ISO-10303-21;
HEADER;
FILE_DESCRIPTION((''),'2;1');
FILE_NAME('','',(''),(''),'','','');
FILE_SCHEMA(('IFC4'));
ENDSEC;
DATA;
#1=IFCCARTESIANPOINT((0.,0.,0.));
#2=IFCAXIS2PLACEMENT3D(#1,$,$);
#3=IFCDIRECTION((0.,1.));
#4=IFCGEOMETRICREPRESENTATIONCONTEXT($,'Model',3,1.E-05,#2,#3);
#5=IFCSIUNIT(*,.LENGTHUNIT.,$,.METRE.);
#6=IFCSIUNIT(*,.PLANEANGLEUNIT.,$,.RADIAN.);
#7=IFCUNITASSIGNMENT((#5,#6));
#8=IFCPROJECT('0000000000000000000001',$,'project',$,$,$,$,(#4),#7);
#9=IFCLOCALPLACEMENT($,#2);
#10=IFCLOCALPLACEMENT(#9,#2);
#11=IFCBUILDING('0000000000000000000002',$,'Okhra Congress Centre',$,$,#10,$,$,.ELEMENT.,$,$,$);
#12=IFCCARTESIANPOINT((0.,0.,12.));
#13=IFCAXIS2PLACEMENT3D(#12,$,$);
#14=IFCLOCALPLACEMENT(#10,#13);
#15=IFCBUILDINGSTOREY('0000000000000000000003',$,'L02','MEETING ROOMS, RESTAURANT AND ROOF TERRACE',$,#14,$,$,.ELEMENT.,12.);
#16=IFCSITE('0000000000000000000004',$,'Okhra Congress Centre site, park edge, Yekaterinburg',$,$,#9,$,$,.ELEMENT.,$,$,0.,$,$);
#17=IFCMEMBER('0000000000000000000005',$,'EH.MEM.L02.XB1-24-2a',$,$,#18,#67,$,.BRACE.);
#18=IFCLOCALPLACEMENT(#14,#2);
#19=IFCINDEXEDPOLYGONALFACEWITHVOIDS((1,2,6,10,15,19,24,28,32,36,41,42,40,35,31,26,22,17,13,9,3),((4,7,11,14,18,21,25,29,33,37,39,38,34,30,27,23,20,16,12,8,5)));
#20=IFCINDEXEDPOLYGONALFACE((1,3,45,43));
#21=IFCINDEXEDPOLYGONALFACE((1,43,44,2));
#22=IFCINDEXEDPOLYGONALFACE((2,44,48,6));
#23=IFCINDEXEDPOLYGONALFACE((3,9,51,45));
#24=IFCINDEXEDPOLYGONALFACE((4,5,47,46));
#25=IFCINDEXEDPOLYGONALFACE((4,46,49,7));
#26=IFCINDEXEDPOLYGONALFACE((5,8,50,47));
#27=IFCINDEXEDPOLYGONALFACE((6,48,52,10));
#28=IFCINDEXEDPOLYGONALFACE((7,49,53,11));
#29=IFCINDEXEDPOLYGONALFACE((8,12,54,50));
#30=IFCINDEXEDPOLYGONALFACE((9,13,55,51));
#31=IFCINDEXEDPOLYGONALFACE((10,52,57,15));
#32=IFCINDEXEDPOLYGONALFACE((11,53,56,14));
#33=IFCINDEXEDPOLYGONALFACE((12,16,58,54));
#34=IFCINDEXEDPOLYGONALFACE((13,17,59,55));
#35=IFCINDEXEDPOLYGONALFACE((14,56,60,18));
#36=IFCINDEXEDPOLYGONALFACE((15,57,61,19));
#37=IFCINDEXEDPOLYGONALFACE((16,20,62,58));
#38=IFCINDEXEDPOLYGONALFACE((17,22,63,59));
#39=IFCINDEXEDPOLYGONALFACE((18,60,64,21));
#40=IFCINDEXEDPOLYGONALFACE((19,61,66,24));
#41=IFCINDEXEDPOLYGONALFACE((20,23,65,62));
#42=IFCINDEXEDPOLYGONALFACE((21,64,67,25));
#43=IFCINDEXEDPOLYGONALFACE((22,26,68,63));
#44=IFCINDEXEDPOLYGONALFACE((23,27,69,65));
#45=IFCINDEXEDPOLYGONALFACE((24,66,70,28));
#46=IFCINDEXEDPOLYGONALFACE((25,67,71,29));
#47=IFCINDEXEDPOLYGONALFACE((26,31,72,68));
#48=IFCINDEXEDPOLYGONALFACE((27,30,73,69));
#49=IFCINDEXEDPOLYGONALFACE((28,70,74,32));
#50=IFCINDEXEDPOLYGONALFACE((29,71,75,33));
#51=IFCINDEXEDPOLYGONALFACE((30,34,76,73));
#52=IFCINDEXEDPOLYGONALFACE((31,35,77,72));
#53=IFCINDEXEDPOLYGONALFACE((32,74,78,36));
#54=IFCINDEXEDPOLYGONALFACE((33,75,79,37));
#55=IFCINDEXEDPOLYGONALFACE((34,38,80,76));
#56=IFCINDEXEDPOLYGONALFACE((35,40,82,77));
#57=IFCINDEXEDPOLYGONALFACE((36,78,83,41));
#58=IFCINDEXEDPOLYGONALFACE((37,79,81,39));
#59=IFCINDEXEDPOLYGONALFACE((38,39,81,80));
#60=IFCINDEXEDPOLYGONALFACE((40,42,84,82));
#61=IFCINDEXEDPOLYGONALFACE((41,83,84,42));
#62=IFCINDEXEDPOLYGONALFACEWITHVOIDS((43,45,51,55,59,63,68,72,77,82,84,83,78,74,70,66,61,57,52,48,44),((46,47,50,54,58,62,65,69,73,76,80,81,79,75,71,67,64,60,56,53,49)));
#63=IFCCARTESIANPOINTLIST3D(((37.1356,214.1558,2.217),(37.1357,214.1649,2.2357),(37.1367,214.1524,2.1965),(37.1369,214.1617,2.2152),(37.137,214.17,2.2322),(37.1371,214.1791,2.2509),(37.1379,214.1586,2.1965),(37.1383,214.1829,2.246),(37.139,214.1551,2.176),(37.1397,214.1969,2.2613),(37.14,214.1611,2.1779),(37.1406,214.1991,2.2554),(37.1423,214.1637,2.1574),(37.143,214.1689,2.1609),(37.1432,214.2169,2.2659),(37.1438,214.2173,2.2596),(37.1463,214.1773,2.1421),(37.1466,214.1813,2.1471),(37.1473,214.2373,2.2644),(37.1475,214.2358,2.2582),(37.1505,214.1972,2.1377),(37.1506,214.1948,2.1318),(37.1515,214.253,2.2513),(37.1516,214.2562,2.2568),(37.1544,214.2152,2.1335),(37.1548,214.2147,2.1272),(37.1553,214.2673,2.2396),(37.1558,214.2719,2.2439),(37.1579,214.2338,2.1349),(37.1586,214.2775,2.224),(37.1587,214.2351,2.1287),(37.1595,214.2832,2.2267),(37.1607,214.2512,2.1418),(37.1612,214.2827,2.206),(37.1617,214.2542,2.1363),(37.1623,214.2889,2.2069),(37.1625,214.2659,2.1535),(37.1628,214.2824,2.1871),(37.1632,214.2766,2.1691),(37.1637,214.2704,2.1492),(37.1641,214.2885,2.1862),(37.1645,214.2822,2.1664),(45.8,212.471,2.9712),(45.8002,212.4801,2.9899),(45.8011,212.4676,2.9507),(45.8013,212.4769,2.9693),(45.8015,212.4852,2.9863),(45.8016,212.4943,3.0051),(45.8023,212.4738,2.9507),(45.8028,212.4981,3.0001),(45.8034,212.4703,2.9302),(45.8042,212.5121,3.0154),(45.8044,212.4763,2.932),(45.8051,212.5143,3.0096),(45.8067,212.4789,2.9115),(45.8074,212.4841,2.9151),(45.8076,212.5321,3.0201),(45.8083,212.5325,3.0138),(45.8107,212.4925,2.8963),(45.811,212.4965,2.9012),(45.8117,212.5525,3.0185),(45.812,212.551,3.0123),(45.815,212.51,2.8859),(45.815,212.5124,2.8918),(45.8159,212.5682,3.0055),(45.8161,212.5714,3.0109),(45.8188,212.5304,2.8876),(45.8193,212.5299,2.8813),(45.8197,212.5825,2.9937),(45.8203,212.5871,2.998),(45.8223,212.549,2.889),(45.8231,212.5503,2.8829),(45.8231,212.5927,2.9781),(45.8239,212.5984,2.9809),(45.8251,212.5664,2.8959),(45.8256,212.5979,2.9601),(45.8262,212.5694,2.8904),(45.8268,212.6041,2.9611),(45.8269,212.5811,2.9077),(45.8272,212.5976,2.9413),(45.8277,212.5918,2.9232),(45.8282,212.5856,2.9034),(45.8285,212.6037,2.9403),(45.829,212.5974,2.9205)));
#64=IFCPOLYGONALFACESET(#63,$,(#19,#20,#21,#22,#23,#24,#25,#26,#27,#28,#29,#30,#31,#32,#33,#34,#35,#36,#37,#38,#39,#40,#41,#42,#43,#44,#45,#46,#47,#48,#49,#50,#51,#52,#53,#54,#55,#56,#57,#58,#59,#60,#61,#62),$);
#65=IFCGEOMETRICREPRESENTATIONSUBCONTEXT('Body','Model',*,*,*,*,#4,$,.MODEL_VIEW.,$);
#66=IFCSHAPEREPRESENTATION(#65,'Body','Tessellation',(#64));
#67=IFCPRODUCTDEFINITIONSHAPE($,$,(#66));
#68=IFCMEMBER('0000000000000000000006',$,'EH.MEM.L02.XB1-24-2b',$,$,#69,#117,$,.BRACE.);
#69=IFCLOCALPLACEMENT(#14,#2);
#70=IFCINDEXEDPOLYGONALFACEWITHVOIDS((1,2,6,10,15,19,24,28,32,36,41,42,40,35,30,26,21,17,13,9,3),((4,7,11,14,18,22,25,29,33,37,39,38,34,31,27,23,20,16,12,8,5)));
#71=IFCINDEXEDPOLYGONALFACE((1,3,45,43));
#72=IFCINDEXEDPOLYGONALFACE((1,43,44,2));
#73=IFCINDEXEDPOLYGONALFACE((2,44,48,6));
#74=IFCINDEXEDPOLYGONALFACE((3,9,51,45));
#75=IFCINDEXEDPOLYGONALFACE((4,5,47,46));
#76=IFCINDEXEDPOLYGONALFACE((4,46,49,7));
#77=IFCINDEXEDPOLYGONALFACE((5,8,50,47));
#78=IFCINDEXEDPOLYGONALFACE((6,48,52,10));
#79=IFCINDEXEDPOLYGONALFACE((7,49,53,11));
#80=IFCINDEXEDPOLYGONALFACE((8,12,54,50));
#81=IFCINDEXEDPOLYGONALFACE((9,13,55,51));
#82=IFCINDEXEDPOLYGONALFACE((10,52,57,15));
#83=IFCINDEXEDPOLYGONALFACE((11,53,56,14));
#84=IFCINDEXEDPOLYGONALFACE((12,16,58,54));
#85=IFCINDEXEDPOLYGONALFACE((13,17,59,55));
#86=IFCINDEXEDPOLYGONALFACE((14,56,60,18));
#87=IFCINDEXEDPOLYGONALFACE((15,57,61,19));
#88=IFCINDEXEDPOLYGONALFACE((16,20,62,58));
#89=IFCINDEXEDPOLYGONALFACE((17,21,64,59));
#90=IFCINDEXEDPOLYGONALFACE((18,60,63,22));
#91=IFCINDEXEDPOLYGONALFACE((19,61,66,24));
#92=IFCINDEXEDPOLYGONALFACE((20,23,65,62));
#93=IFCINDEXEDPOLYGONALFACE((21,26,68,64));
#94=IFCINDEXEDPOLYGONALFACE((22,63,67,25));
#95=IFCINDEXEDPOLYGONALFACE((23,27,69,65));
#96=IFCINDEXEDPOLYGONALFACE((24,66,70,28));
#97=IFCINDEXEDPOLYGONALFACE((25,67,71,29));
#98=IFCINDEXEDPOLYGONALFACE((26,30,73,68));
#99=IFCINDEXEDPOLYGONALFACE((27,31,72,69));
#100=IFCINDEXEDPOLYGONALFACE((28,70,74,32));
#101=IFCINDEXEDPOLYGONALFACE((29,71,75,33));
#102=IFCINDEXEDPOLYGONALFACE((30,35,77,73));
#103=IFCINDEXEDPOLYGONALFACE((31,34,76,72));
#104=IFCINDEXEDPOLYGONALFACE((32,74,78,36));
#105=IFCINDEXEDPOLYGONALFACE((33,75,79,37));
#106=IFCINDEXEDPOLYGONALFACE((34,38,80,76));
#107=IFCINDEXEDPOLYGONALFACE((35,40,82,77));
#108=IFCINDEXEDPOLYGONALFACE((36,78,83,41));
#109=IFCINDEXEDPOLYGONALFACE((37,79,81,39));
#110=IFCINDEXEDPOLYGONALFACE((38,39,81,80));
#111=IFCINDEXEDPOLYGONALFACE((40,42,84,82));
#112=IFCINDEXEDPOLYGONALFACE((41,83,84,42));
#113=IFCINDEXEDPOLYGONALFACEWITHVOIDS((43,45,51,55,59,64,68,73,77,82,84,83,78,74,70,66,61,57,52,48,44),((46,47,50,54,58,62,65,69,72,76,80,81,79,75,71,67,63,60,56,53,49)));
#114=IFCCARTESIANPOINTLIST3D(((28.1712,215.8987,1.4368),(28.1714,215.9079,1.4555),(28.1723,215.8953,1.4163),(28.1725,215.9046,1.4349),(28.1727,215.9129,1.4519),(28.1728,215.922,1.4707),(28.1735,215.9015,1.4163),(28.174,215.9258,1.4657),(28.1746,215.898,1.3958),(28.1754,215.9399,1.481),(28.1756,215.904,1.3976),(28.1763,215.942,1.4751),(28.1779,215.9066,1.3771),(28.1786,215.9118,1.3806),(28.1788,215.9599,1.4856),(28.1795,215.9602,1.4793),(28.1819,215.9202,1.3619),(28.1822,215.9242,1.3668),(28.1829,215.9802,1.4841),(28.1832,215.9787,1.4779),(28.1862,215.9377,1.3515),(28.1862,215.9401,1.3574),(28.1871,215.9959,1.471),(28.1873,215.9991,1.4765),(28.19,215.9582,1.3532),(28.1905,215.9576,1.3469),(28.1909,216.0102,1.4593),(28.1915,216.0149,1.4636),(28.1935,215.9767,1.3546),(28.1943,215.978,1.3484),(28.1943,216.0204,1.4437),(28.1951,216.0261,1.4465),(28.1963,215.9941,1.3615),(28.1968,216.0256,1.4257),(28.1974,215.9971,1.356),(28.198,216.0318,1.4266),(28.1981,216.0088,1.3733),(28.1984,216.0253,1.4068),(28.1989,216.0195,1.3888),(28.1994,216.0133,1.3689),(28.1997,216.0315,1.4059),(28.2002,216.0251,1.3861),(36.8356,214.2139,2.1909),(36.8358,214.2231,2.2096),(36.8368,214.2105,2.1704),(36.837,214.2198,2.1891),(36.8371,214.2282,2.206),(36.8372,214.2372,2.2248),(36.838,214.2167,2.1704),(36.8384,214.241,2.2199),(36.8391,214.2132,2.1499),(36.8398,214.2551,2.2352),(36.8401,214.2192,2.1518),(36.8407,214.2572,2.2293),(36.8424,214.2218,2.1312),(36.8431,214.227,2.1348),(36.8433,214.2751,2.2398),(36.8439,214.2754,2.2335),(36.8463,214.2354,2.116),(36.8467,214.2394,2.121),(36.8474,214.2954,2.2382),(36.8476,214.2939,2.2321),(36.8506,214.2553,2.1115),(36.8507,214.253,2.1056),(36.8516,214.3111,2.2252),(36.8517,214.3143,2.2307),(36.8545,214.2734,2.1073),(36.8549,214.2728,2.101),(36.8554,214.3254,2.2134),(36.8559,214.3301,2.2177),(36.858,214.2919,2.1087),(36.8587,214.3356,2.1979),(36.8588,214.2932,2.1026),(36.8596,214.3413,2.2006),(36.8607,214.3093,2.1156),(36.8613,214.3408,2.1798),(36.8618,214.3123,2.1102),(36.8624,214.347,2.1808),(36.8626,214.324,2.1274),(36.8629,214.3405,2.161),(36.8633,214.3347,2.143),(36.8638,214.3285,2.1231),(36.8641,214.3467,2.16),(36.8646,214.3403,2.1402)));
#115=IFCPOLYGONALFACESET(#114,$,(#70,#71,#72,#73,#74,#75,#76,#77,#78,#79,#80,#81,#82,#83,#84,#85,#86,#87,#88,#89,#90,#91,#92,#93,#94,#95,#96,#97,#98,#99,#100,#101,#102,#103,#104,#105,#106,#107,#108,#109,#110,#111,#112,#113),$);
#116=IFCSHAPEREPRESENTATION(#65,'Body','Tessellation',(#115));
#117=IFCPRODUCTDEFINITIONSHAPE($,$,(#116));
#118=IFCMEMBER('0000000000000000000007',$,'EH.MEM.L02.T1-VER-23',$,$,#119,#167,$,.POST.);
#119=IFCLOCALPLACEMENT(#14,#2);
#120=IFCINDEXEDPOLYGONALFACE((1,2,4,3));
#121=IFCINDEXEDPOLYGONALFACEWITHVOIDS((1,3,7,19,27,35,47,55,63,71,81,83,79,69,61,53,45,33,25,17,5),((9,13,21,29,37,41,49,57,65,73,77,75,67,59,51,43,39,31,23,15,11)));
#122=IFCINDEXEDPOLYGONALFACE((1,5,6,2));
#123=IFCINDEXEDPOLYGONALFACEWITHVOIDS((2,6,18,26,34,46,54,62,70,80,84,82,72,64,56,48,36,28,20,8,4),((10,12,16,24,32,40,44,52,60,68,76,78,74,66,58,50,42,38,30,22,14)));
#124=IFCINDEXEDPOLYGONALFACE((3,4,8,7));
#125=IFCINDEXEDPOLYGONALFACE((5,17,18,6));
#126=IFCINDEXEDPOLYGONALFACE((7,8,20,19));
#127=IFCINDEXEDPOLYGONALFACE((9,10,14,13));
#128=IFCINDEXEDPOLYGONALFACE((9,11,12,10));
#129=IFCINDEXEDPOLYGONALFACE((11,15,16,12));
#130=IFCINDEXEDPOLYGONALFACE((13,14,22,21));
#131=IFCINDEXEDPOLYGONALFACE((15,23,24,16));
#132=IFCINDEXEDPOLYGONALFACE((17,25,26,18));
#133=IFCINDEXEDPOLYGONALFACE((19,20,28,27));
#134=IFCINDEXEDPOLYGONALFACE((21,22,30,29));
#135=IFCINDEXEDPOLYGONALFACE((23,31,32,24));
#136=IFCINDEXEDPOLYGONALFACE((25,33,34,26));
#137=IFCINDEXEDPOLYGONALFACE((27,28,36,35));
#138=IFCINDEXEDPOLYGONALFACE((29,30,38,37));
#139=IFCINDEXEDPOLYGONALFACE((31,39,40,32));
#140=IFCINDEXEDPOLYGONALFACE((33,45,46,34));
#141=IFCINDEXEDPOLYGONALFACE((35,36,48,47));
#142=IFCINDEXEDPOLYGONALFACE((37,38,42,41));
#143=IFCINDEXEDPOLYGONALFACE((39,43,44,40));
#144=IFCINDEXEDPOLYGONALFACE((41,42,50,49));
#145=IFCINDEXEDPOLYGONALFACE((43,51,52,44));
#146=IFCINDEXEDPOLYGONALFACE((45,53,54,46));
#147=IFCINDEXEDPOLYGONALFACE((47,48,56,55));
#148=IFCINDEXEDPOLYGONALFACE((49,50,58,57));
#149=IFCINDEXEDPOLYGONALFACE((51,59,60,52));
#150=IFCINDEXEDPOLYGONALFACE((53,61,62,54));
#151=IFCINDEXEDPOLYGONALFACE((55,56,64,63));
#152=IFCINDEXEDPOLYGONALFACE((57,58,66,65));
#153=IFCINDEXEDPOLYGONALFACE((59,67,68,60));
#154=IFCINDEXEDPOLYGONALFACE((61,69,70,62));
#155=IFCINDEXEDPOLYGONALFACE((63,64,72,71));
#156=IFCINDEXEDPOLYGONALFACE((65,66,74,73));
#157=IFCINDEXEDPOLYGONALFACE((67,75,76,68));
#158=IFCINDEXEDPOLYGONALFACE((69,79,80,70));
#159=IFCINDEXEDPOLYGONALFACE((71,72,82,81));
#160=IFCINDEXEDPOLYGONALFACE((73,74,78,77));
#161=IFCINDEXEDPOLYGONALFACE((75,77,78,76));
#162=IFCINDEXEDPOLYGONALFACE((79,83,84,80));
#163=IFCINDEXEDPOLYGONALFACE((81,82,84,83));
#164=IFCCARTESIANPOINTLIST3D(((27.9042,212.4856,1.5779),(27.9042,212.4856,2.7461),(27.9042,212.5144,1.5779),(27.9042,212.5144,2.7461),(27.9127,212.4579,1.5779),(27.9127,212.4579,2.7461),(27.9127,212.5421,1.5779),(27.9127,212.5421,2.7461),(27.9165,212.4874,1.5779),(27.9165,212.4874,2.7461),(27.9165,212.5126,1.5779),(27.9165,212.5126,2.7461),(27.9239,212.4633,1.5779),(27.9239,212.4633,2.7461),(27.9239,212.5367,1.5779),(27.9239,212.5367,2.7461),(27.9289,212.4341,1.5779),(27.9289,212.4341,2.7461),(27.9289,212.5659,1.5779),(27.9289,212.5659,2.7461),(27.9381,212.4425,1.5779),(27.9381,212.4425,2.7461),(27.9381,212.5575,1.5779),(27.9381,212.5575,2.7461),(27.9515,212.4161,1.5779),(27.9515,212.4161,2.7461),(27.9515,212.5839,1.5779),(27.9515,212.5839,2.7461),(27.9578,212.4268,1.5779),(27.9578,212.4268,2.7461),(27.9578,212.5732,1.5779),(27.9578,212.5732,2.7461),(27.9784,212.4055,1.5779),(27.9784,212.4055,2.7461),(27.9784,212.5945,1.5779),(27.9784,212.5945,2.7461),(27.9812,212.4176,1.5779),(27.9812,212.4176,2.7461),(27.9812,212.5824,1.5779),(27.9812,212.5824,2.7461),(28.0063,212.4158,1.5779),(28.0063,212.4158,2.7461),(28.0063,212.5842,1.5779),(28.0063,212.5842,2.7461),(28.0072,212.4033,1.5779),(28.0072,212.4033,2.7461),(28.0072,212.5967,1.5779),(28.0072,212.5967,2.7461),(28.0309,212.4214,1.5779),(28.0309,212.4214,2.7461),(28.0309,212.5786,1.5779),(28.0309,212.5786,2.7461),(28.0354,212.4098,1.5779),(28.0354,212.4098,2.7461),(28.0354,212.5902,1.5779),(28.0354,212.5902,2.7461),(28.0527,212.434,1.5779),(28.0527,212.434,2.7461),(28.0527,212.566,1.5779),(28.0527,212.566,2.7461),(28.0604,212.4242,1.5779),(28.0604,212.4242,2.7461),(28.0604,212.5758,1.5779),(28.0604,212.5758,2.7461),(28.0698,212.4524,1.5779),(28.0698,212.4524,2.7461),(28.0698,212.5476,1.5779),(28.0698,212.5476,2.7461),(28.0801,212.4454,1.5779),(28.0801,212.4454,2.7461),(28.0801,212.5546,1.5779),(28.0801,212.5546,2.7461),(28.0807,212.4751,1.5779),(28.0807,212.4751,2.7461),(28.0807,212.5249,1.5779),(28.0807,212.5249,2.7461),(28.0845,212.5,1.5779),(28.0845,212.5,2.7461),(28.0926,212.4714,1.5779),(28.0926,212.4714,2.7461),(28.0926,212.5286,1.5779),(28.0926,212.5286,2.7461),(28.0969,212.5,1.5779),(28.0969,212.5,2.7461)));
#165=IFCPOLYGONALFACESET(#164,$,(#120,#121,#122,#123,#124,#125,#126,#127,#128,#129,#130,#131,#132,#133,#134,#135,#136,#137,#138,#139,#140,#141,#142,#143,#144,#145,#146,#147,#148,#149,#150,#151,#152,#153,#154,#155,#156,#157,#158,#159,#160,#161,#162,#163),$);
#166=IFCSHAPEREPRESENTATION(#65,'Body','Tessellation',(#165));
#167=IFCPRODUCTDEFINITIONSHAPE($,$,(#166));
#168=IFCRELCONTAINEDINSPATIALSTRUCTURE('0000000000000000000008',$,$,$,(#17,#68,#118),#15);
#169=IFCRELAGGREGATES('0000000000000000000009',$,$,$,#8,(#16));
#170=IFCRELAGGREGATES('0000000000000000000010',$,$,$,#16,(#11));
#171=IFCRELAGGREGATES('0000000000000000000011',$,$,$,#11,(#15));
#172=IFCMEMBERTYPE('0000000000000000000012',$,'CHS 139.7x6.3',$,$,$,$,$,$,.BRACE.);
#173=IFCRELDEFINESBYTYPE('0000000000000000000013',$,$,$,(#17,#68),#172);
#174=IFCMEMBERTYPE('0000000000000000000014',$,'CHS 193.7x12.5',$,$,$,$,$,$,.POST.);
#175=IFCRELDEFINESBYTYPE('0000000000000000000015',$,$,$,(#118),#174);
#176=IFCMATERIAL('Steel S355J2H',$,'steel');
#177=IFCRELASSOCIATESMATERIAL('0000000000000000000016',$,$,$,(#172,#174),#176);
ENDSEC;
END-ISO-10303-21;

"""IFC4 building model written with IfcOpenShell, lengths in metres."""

from ifc_helpers import new_model, si_unit, direction, frame, origin, origin_2d, place, context, subcontext, project, spatial, hollow_circle, extrude, material, material_profile, profile_set, type_object, element, save


model = new_model("IFC4")

# Units and contexts
model_context = context("Model", 3, precision=1e-05, world=origin(), true_north=direction((0.0, 1.0)))
body_context = subcontext(model_context, "Body", "Model", "MODEL_VIEW")
ifc_project = project(units=[si_unit("LENGTHUNIT", "METRE"), si_unit("PLANEANGLEUNIT", "RADIAN")], contexts=[model_context])

# Site, building, storey
site_placement = place(None, origin())
site = spatial("IfcSite", under=ifc_project, at=site_placement, Name="Okhra Congress Centre site, park edge, Yekaterinburg", CompositionType="ELEMENT", RefElevation=0.0)
building_placement = place(site_placement, origin())
building = spatial("IfcBuilding", under=site, at=building_placement, Name="Okhra Congress Centre", CompositionType="ELEMENT")
storey_placement = place(building_placement, frame((0.0, 0.0, 12.0)))
storey = spatial("IfcBuildingStorey", under=building, at=storey_placement, Name="L02", Description="MEETING ROOMS, RESTAURANT AND ROOF TERRACE", CompositionType="ELEMENT", Elevation=12.0)

# Members
ifc_material_1 = material(Name="Steel S355J2H", Category="steel")
ifc_material_profile_1 = material_profile(ifc_material_1, hollow_circle(Radius=0.0698, WallThickness=0.0063, at=origin_2d()), Name="CHS 139.7x6.3")
ifc_profile_set_1 = profile_set([ifc_material_profile_1], Name="Steel S355J2H")
member_type_1 = type_object("IfcMemberType", Name="CHS 139.7x6.3", PredefinedType="BRACE", material=ifc_profile_set_1)
for number, where, z_axis, x_axis, name in (
    (1, (45.8145, 212.5361, 2.9507), (-0.978051, 0.190181, -0.085128), (-0.190874, -0.981615, 0.0), "EH.MEM.L02.XB1-24-2a"),
    (2, (36.8501, 214.2791, 2.1704), (-0.978051, 0.190181, -0.085128), (-0.190874, -0.981615, 0.0), "EH.MEM.L02.XB1-24-2b"),
):
    element("IfcMember", number, at=place(storey_placement, frame(where, z_axis=z_axis, x_axis=x_axis)), inside=storey, type_object=member_type_1, Name=name, PredefinedType="BRACE", context=body_context, shape_type="SweptSolid", body=[
        extrude(hollow_circle(Radius=0.0698, WallThickness=0.0063, at=origin_2d()), origin(), (0.0, 0.0, 1.0), 8.8589),
    ])
ifc_material_profile_2 = material_profile(ifc_material_1, hollow_circle(Radius=0.0969, WallThickness=0.0125, at=origin_2d()), Name="CHS 193.7x12.5")
ifc_profile_set_2 = profile_set([ifc_material_profile_2], Name="Steel S355J2H")
member_type_2 = type_object("IfcMemberType", Name="CHS 193.7x12.5", PredefinedType="POST", material=ifc_profile_set_2)
member_1_placement = place(storey_placement, frame((28.0, 212.5, 1.5779), z_axis=(0.0, 0.0, 1.0), x_axis=(1.0, 0.0, 0.0)))
element("IfcMember", 3, at=member_1_placement, inside=storey, type_object=member_type_2, Name="EH.MEM.L02.T1-VER-23", PredefinedType="POST", context=body_context, shape_type="SweptSolid", body=[
    extrude(hollow_circle(Radius=0.0969, WallThickness=0.0125, at=origin_2d()), origin(), (0.0, 0.0, 1.0), 1.1682),
])

save(model, "model.ifc")
